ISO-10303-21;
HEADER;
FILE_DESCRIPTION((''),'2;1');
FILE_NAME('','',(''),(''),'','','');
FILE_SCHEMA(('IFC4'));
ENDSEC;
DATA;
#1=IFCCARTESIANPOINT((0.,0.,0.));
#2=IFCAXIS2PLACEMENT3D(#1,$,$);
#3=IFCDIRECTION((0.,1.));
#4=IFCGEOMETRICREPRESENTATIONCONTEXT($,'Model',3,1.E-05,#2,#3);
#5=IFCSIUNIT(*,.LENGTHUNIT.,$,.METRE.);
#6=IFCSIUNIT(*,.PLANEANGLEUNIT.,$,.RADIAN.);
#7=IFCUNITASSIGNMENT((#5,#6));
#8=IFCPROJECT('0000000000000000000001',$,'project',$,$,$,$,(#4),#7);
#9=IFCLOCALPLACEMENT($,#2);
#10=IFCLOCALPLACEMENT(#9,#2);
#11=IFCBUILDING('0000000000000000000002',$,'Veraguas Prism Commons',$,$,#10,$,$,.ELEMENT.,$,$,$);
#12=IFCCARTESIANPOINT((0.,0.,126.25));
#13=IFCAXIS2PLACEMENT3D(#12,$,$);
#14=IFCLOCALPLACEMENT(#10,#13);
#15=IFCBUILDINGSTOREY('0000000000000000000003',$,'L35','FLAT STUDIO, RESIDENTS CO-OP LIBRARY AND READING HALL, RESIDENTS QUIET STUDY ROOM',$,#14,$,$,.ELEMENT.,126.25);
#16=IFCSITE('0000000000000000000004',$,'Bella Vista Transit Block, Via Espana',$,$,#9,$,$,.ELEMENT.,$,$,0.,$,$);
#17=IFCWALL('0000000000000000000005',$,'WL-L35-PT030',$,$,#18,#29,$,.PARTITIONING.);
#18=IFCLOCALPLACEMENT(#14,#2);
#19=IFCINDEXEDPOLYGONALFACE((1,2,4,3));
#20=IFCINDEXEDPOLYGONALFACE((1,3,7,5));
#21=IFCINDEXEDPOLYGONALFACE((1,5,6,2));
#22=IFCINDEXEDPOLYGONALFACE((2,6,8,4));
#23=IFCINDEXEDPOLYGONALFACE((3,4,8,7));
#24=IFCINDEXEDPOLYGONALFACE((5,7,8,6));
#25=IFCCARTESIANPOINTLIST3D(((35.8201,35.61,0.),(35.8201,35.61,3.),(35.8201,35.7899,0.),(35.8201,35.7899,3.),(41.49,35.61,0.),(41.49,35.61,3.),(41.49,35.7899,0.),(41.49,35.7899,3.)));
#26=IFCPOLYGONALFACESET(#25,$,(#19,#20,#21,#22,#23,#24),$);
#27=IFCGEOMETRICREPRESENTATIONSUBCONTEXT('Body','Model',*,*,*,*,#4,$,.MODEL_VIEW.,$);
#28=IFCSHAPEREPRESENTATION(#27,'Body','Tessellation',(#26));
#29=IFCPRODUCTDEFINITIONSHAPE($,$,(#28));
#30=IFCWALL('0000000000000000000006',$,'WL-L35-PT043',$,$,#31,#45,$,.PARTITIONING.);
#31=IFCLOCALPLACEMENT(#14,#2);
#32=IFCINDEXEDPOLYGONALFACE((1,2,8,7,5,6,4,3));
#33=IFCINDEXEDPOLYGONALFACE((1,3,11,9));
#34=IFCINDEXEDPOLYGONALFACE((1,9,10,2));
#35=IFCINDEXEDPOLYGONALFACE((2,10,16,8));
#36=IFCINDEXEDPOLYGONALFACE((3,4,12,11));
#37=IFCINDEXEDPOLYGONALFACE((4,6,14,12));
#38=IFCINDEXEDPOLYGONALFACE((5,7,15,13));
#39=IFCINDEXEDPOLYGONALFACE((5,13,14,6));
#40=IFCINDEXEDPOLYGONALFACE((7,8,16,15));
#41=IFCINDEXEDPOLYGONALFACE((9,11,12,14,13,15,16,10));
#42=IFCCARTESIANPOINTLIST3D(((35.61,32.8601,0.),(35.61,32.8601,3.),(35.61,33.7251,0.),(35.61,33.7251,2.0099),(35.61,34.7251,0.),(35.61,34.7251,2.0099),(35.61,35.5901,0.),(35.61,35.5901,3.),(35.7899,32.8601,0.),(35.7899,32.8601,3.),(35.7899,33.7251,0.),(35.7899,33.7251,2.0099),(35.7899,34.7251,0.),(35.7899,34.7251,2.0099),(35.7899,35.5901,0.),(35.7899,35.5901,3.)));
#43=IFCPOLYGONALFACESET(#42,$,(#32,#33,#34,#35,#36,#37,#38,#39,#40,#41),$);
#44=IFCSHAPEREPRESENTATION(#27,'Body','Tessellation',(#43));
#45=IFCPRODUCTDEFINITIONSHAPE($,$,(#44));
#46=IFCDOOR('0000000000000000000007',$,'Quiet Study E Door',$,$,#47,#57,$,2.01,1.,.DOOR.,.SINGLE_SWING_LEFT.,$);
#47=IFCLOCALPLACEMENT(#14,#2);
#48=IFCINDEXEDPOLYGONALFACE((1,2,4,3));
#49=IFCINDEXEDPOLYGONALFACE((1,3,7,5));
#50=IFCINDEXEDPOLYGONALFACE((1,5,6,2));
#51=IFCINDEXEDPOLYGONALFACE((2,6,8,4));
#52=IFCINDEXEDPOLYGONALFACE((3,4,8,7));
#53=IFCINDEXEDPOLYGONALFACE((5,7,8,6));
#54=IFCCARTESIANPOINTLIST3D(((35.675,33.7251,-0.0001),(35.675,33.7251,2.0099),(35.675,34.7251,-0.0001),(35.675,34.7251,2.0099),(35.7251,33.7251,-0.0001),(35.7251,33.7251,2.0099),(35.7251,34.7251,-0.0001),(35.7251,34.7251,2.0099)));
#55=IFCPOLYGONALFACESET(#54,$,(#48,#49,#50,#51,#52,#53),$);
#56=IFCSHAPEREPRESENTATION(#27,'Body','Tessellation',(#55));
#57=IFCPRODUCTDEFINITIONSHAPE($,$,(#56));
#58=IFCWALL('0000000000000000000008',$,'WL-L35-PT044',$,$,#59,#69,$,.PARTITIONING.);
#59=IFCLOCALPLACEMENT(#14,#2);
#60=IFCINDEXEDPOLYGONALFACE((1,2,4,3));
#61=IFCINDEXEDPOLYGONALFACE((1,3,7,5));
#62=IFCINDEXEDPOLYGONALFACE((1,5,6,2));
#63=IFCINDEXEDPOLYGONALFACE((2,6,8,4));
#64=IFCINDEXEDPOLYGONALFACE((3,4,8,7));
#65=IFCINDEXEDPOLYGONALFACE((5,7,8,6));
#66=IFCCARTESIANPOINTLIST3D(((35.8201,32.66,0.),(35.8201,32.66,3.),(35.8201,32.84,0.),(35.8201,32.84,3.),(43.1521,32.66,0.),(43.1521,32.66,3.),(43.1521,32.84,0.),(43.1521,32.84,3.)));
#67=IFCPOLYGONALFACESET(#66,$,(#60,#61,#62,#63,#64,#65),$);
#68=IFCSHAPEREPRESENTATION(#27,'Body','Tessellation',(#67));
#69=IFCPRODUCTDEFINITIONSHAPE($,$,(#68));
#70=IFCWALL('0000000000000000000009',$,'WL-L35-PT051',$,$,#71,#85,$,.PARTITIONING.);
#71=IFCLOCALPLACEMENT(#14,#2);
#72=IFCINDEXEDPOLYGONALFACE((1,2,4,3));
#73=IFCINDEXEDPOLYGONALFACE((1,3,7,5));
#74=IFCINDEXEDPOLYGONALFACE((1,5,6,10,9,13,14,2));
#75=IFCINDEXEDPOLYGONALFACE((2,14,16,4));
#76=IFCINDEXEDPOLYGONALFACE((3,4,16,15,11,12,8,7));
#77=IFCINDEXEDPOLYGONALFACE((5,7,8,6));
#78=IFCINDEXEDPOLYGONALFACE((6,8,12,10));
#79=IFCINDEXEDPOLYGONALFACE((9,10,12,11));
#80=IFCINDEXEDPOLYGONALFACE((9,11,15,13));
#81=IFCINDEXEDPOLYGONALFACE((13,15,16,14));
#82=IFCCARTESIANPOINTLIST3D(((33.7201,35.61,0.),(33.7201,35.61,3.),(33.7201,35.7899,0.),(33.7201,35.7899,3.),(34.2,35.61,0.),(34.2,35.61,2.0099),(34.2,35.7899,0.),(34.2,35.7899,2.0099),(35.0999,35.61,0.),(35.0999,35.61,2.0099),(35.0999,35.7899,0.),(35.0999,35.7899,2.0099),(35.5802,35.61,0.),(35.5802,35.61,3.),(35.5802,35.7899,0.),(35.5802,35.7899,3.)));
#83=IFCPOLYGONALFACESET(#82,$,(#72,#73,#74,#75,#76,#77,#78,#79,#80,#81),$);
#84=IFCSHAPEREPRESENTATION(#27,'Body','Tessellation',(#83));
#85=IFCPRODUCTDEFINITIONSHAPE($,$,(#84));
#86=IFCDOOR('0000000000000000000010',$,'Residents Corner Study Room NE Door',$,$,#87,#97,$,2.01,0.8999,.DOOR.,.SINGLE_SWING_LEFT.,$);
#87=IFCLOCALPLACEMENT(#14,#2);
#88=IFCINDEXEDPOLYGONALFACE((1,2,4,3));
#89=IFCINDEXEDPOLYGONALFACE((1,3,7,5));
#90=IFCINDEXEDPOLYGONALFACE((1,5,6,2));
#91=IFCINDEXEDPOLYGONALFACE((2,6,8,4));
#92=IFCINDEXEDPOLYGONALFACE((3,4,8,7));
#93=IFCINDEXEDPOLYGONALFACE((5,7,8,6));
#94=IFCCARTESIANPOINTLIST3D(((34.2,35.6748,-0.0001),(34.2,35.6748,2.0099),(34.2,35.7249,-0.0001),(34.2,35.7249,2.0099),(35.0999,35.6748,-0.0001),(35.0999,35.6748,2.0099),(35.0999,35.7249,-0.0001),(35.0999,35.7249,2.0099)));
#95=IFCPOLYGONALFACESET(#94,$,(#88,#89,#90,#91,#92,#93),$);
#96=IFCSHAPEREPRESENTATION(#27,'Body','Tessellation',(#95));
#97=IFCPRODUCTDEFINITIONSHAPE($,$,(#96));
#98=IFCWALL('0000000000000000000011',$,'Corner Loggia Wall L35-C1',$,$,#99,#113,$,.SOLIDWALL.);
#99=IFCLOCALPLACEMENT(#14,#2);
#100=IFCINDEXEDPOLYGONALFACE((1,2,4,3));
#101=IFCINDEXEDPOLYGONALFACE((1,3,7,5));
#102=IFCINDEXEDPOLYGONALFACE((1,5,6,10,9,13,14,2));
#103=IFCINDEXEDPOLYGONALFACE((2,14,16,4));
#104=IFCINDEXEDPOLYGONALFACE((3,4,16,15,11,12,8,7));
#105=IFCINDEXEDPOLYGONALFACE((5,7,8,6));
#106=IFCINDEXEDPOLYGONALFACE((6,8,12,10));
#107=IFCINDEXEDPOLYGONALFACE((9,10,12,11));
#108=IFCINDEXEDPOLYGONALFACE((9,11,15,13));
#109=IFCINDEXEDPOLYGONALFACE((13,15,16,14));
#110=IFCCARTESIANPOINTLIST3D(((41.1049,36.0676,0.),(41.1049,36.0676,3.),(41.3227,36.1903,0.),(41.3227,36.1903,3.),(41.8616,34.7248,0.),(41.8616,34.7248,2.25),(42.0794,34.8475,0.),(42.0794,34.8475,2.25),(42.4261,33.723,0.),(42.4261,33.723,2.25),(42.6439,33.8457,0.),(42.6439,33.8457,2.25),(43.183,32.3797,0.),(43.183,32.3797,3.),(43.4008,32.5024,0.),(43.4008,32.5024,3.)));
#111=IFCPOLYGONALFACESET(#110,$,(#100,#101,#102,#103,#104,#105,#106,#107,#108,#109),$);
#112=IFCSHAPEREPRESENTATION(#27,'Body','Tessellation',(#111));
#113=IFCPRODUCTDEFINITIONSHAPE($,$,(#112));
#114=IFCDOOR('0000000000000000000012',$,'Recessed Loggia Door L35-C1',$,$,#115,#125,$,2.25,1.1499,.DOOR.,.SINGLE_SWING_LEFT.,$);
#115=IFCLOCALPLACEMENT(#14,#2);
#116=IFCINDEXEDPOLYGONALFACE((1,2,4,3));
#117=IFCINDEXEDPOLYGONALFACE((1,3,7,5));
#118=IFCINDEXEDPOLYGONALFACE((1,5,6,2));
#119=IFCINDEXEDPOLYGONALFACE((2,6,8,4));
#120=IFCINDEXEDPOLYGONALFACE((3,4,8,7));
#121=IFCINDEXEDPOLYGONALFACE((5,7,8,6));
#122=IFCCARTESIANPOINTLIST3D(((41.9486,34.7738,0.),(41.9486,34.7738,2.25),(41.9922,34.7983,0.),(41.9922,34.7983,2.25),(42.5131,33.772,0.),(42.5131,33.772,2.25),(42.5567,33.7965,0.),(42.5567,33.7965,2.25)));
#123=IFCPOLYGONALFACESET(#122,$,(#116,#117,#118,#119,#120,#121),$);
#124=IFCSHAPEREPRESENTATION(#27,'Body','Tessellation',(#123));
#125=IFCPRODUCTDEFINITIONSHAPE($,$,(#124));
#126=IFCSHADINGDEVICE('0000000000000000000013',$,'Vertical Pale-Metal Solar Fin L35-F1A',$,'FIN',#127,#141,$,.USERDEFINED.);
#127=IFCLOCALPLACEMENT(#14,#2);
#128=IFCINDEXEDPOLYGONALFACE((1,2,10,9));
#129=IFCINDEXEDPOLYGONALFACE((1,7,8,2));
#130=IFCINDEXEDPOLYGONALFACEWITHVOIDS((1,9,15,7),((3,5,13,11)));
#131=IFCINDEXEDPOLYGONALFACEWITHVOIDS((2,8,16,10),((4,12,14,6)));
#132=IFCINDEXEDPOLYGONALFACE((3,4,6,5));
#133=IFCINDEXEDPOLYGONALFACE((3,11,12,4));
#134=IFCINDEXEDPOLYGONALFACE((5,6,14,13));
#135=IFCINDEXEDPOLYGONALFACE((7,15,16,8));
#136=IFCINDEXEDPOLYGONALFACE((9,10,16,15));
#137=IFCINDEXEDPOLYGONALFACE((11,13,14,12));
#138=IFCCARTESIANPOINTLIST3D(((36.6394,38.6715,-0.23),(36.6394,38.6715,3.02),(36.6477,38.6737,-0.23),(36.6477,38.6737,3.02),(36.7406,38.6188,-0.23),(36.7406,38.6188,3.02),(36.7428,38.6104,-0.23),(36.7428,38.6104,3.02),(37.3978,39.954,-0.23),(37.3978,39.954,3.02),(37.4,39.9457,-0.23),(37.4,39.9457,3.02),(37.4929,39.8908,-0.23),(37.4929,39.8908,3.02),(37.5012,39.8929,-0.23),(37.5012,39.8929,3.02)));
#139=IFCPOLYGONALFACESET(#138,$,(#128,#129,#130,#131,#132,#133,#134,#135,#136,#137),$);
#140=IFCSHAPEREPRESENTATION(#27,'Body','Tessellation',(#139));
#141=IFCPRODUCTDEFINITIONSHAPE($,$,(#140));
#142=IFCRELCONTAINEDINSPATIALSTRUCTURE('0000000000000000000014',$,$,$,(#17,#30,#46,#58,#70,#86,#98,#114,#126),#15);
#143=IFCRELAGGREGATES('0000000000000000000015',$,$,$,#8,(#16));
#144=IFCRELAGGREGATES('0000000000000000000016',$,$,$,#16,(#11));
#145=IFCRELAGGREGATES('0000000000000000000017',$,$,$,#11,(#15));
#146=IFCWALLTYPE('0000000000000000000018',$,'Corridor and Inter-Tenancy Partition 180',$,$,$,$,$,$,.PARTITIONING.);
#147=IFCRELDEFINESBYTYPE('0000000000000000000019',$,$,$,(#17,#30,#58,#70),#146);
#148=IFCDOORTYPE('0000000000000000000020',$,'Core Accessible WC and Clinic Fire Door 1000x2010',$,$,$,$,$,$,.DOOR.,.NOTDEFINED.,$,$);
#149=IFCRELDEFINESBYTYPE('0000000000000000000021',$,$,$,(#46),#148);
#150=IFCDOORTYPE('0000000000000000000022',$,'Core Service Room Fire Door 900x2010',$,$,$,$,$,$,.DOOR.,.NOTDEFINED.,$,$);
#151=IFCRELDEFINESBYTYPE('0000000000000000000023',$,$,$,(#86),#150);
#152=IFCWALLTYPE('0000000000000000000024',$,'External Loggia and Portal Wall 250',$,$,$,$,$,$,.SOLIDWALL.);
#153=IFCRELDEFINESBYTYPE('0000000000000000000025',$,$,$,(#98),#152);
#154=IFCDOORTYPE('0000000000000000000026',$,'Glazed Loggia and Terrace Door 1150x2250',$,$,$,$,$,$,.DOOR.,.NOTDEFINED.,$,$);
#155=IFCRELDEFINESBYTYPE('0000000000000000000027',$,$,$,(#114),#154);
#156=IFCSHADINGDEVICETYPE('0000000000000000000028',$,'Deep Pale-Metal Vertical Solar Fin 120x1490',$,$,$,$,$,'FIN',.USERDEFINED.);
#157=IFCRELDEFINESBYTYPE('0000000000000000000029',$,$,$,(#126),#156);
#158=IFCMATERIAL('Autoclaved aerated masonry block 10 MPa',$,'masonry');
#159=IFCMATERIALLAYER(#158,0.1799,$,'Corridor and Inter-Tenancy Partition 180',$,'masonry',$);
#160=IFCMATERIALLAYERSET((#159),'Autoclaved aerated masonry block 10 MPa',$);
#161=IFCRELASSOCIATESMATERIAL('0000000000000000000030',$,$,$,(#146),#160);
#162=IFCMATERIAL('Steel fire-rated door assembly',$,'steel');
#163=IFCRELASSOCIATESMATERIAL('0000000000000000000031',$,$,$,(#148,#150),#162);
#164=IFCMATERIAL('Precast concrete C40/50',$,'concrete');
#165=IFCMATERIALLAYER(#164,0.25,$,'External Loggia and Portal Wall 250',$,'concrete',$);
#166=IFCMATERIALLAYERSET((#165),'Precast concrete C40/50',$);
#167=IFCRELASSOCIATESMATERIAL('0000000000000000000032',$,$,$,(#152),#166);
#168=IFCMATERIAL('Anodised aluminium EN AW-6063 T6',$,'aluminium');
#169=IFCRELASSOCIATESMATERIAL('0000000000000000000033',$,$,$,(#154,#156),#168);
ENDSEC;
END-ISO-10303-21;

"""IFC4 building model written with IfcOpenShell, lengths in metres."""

from ifc_helpers import new_model, si_unit, direction, frame, frame_2d, origin, origin_2d, place, context, subcontext, project, spatial, rectangle, hollow_rectangle, extrude, source, transform, mapped, material, layer, layer_set, material_profile, profile_set, type_object, element, fill, save


model = new_model("IFC4")

# Units and contexts
model_context = context("Model", 3, precision=1e-05, world=origin(), true_north=direction((0.0, 1.0)))
body_context = subcontext(model_context, "Body", "Model", "MODEL_VIEW")
ifc_project = project(units=[si_unit("LENGTHUNIT", "METRE"), si_unit("PLANEANGLEUNIT", "RADIAN")], contexts=[model_context])

# Site, building, storey
site_placement = place(None, origin())
site = spatial("IfcSite", under=ifc_project, at=site_placement, Name="Bella Vista Transit Block, Via Espana", CompositionType="ELEMENT", RefElevation=0.0)
building_placement = place(site_placement, origin())
building = spatial("IfcBuilding", under=site, at=building_placement, Name="Veraguas Prism Commons", CompositionType="ELEMENT")
storey_placement = place(building_placement, frame((0.0, 0.0, 126.25)))
storey = spatial("IfcBuildingStorey", under=building, at=storey_placement, Name="L35", Description="FLAT STUDIO, RESIDENTS CO-OP LIBRARY AND READING HALL, RESIDENTS QUIET STUDY ROOM", CompositionType="ELEMENT", Elevation=126.25)

# Shared definitions
ifc_material_1 = material(Name="Anodised aluminium EN AW-6063 T6", Category="aluminium")

# Wall
ifc_material_2 = material(Name="Autoclaved aerated masonry block 10 MPa", Category="masonry")
ifc_layer_1 = layer(ifc_material_2, 0.1799, Name="Corridor and Inter-Tenancy Partition 180", Category="masonry")
ifc_layer_set_1 = layer_set([ifc_layer_1], Name="Autoclaved aerated masonry block 10 MPa")
wall_type_1 = type_object("IfcWallType", Name="Corridor and Inter-Tenancy Partition 180", PredefinedType="PARTITIONING", material=ifc_layer_set_1)
wall_1_placement = place(storey_placement, frame((35.8201, 35.7, 0.0), z_axis=(0.0, 0.0, 1.0), x_axis=(1.0, 0.0, 0.0)))
element("IfcWall", 1, at=wall_1_placement, inside=storey, type_object=wall_type_1, Name="WL-L35-PT030", PredefinedType="PARTITIONING", context=body_context, shape_type="SweptSolid", body=[
    extrude(rectangle(XDim=5.6699, YDim=0.1799, at=frame_2d((2.835, 0.0))), origin(), (0.0, 0.0, 1.0), 3.0),
])

# Wall, opening, door
wall_2_placement = place(storey_placement, frame((35.7, 32.8601, 0.0), z_axis=(0.0, 0.0, 1.0), x_axis=(0.0, 1.0, 0.0)))
wall_2 = element("IfcWall", 2, at=wall_2_placement, inside=storey, type_object=wall_type_1, Name="WL-L35-PT043", PredefinedType="PARTITIONING", context=body_context, shape_type="SweptSolid", body=[
    extrude(rectangle(XDim=2.73, YDim=0.1799, at=frame_2d((1.365, 0.0))), origin(), (0.0, 0.0, 1.0), 3.0),
])
opening_1_placement = place(wall_2_placement, frame((0.865, 0.0, 0.0)))
opening_1 = element("IfcOpeningElement", 3, at=opening_1_placement, cuts=wall_2, PredefinedType="OPENING", context=body_context, shape_type="SweptSolid", body=[
    extrude(rectangle(XDim=1.0, YDim=2.01, at=frame_2d((0.5, 1.0049))), frame((0.0, 0.0999, 0.0), z_axis=(0.0, -1.0, 0.0), x_axis=(1.0, 0.0, 0.0)), (0.0, 0.0, 1.0), 0.2),
])
ifc_material_3 = material(Name="Steel fire-rated door assembly", Category="steel")
door_type_1 = type_object("IfcDoorType", Name="Core Accessible WC and Clinic Fire Door 1000x2010", OperationType="NOTDEFINED", PredefinedType="DOOR", material=ifc_material_3)
shared_shape_1 = source(origin(), body_context, "Body", "SweptSolid", [
    extrude(rectangle(XDim=1.0, YDim=2.01, at=frame_2d((0.5, 1.0049))), frame((0.0, 0.0249, 0.0), z_axis=(0.0, -1.0, 0.0), x_axis=(1.0, 0.0, 0.0)), (0.0, 0.0, 1.0), 0.05),
])
door_1_placement = place(opening_1_placement, origin())
door_1 = element("IfcDoor", 4, at=door_1_placement, inside=storey, type_object=door_type_1, Name="Quiet Study E Door", OperationType="SINGLE_SWING_LEFT", OverallHeight=2.01, OverallWidth=1.0, PredefinedType="DOOR", context=body_context, shape_type="MappedRepresentation", body=[
    mapped(shared_shape_1, transform((0.0, 0.0, 0.0), scale=1.0)),
])
fill(opening_1, door_1)

# Wall
wall_3_placement = place(storey_placement, frame((35.8201, 32.75, 0.0), z_axis=(0.0, 0.0, 1.0), x_axis=(1.0, 0.0, 0.0)))
element("IfcWall", 5, at=wall_3_placement, inside=storey, type_object=wall_type_1, Name="WL-L35-PT044", PredefinedType="PARTITIONING", context=body_context, shape_type="SweptSolid", body=[
    extrude(rectangle(XDim=7.332, YDim=0.1799, at=frame_2d((3.666, 0.0))), origin(), (0.0, 0.0, 1.0), 3.0),
])

# Walls, openings, doors
wall_4_placement = place(storey_placement, frame((33.72, 35.7, 0.0), z_axis=(0.0, 0.0, 1.0), x_axis=(1.0, 0.0, 0.0)))
wall_4 = element("IfcWall", 6, at=wall_4_placement, inside=storey, type_object=wall_type_1, Name="WL-L35-PT051", PredefinedType="PARTITIONING", context=body_context, shape_type="SweptSolid", body=[
    extrude(rectangle(XDim=1.8601, YDim=0.1799, at=frame_2d((0.9302, 0.0))), origin(), (0.0, 0.0, 1.0), 3.0),
])
opening_2_placement = place(wall_4_placement, frame((0.48, 0.0, 0.0)))
opening_2 = element("IfcOpeningElement", 7, at=opening_2_placement, cuts=wall_4, PredefinedType="OPENING", context=body_context, shape_type="SweptSolid", body=[
    extrude(rectangle(XDim=0.8999, YDim=2.01, at=frame_2d((0.45, 1.0049))), frame((0.0, 0.0999, 0.0), z_axis=(0.0, -1.0, 0.0), x_axis=(1.0, 0.0, 0.0)), (0.0, 0.0, 1.0), 0.2),
])
door_type_2 = type_object("IfcDoorType", Name="Core Service Room Fire Door 900x2010", OperationType="NOTDEFINED", PredefinedType="DOOR", material=ifc_material_3)
shared_shape_2 = source(origin(), body_context, "Body", "SweptSolid", [
    extrude(rectangle(XDim=0.8999, YDim=2.01, at=frame_2d((0.45, 1.0049))), frame((0.0, 0.0249, 0.0), z_axis=(0.0, -1.0, 0.0), x_axis=(1.0, 0.0, 0.0)), (0.0, 0.0, 1.0), 0.05),
])
door_2_placement = place(opening_2_placement, origin())
door_2 = element("IfcDoor", 8, at=door_2_placement, inside=storey, type_object=door_type_2, Name="Residents Corner Study Room NE Door", OperationType="SINGLE_SWING_LEFT", OverallHeight=2.01, OverallWidth=0.8999, PredefinedType="DOOR", context=body_context, shape_type="MappedRepresentation", body=[
    mapped(shared_shape_2, transform((0.0, 0.0, 0.0), scale=1.0)),
])
fill(opening_2, door_2)
ifc_material_4 = material(Name="Precast concrete C40/50", Category="concrete")
ifc_layer_2 = layer(ifc_material_4, 0.25, Name="External Loggia and Portal Wall 250", Category="concrete")
ifc_layer_set_2 = layer_set([ifc_layer_2], Name="Precast concrete C40/50")
wall_type_2 = type_object("IfcWallType", Name="External Loggia and Portal Wall 250", PredefinedType="SOLIDWALL", material=ifc_layer_set_2)
wall_5_placement = place(storey_placement, frame((43.292, 32.4409, 0.0), z_axis=(0.0, 0.0, 1.0), x_axis=(-0.490913, 0.871209, 0.0)))
wall_5 = element("IfcWall", 9, at=wall_5_placement, inside=storey, type_object=wall_type_2, Name="Corner Loggia Wall L35-C1", PredefinedType="SOLIDWALL", context=body_context, shape_type="SweptSolid", body=[
    extrude(rectangle(XDim=4.2332, YDim=0.25, at=frame_2d((2.1167, 0.0))), origin(), (0.0, 0.0, 1.0), 3.0),
])
opening_3_placement = place(wall_5_placement, frame((1.542, 0.0, 0.0)))
opening_3 = element("IfcOpeningElement", 10, at=opening_3_placement, cuts=wall_5, PredefinedType="OPENING", context=body_context, shape_type="SweptSolid", body=[
    extrude(rectangle(XDim=1.1499, YDim=2.25, at=frame_2d((0.575, 1.125))), frame((0.0, 0.135, 0.0), z_axis=(0.0, -1.0, 0.0), x_axis=(1.0, 0.0, 0.0)), (0.0, 0.0, 1.0), 0.27),
])
door_type_3 = type_object("IfcDoorType", Name="Glazed Loggia and Terrace Door 1150x2250", OperationType="NOTDEFINED", PredefinedType="DOOR", material=ifc_material_1)
shared_shape_3 = source(origin(), body_context, "Body", "SweptSolid", [
    extrude(rectangle(XDim=1.1499, YDim=2.25, at=frame_2d((0.575, 1.125))), frame((0.0, 0.0249, 0.0), z_axis=(0.0, -1.0, 0.0), x_axis=(1.0, 0.0, 0.0)), (0.0, 0.0, 1.0), 0.05),
])
door_3_placement = place(opening_3_placement, frame((1.1499, 0.0, 0.0), z_axis=(0.0, 0.0, 1.0), x_axis=(-1.0, 0.0, 0.0)))
door_3 = element("IfcDoor", 11, at=door_3_placement, inside=storey, type_object=door_type_3, Name="Recessed Loggia Door L35-C1", OperationType="SINGLE_SWING_LEFT", OverallHeight=2.25, OverallWidth=1.1499, PredefinedType="DOOR", context=body_context, shape_type="MappedRepresentation", body=[
    mapped(shared_shape_3, transform((0.0, 0.0, 0.0), scale=1.0)),
])
fill(opening_3, door_3)

# Shading device
ifc_material_profile_1 = material_profile(ifc_material_1, hollow_rectangle(XDim=0.1201, YDim=1.49, WallThickness=0.0061, at=origin_2d()), Name="FIN120X1490X6")
ifc_profile_set_1 = profile_set([ifc_material_profile_1], Name="Anodised aluminium EN AW-6063 T6")
shading_device_type = type_object("IfcShadingDeviceType", Name="Deep Pale-Metal Vertical Solar Fin 120x1490", ElementType="FIN", PredefinedType="USERDEFINED", material=ifc_profile_set_1)
shading_device_placement = place(storey_placement, frame((37.0703, 39.2822, -0.23), z_axis=(0.0, 0.0, 1.0), x_axis=(-0.860743, 0.50904, 0.0)))
element("IfcShadingDevice", 12, at=shading_device_placement, inside=storey, type_object=shading_device_type, Name="Vertical Pale-Metal Solar Fin L35-F1A", ObjectType="FIN", PredefinedType="USERDEFINED", context=body_context, shape_type="SweptSolid", body=[
    extrude(hollow_rectangle(XDim=0.1201, YDim=1.49, WallThickness=0.0061, at=origin_2d()), origin(), (0.0, 0.0, 1.0), 3.25),
])

save(model, "model.ifc")
